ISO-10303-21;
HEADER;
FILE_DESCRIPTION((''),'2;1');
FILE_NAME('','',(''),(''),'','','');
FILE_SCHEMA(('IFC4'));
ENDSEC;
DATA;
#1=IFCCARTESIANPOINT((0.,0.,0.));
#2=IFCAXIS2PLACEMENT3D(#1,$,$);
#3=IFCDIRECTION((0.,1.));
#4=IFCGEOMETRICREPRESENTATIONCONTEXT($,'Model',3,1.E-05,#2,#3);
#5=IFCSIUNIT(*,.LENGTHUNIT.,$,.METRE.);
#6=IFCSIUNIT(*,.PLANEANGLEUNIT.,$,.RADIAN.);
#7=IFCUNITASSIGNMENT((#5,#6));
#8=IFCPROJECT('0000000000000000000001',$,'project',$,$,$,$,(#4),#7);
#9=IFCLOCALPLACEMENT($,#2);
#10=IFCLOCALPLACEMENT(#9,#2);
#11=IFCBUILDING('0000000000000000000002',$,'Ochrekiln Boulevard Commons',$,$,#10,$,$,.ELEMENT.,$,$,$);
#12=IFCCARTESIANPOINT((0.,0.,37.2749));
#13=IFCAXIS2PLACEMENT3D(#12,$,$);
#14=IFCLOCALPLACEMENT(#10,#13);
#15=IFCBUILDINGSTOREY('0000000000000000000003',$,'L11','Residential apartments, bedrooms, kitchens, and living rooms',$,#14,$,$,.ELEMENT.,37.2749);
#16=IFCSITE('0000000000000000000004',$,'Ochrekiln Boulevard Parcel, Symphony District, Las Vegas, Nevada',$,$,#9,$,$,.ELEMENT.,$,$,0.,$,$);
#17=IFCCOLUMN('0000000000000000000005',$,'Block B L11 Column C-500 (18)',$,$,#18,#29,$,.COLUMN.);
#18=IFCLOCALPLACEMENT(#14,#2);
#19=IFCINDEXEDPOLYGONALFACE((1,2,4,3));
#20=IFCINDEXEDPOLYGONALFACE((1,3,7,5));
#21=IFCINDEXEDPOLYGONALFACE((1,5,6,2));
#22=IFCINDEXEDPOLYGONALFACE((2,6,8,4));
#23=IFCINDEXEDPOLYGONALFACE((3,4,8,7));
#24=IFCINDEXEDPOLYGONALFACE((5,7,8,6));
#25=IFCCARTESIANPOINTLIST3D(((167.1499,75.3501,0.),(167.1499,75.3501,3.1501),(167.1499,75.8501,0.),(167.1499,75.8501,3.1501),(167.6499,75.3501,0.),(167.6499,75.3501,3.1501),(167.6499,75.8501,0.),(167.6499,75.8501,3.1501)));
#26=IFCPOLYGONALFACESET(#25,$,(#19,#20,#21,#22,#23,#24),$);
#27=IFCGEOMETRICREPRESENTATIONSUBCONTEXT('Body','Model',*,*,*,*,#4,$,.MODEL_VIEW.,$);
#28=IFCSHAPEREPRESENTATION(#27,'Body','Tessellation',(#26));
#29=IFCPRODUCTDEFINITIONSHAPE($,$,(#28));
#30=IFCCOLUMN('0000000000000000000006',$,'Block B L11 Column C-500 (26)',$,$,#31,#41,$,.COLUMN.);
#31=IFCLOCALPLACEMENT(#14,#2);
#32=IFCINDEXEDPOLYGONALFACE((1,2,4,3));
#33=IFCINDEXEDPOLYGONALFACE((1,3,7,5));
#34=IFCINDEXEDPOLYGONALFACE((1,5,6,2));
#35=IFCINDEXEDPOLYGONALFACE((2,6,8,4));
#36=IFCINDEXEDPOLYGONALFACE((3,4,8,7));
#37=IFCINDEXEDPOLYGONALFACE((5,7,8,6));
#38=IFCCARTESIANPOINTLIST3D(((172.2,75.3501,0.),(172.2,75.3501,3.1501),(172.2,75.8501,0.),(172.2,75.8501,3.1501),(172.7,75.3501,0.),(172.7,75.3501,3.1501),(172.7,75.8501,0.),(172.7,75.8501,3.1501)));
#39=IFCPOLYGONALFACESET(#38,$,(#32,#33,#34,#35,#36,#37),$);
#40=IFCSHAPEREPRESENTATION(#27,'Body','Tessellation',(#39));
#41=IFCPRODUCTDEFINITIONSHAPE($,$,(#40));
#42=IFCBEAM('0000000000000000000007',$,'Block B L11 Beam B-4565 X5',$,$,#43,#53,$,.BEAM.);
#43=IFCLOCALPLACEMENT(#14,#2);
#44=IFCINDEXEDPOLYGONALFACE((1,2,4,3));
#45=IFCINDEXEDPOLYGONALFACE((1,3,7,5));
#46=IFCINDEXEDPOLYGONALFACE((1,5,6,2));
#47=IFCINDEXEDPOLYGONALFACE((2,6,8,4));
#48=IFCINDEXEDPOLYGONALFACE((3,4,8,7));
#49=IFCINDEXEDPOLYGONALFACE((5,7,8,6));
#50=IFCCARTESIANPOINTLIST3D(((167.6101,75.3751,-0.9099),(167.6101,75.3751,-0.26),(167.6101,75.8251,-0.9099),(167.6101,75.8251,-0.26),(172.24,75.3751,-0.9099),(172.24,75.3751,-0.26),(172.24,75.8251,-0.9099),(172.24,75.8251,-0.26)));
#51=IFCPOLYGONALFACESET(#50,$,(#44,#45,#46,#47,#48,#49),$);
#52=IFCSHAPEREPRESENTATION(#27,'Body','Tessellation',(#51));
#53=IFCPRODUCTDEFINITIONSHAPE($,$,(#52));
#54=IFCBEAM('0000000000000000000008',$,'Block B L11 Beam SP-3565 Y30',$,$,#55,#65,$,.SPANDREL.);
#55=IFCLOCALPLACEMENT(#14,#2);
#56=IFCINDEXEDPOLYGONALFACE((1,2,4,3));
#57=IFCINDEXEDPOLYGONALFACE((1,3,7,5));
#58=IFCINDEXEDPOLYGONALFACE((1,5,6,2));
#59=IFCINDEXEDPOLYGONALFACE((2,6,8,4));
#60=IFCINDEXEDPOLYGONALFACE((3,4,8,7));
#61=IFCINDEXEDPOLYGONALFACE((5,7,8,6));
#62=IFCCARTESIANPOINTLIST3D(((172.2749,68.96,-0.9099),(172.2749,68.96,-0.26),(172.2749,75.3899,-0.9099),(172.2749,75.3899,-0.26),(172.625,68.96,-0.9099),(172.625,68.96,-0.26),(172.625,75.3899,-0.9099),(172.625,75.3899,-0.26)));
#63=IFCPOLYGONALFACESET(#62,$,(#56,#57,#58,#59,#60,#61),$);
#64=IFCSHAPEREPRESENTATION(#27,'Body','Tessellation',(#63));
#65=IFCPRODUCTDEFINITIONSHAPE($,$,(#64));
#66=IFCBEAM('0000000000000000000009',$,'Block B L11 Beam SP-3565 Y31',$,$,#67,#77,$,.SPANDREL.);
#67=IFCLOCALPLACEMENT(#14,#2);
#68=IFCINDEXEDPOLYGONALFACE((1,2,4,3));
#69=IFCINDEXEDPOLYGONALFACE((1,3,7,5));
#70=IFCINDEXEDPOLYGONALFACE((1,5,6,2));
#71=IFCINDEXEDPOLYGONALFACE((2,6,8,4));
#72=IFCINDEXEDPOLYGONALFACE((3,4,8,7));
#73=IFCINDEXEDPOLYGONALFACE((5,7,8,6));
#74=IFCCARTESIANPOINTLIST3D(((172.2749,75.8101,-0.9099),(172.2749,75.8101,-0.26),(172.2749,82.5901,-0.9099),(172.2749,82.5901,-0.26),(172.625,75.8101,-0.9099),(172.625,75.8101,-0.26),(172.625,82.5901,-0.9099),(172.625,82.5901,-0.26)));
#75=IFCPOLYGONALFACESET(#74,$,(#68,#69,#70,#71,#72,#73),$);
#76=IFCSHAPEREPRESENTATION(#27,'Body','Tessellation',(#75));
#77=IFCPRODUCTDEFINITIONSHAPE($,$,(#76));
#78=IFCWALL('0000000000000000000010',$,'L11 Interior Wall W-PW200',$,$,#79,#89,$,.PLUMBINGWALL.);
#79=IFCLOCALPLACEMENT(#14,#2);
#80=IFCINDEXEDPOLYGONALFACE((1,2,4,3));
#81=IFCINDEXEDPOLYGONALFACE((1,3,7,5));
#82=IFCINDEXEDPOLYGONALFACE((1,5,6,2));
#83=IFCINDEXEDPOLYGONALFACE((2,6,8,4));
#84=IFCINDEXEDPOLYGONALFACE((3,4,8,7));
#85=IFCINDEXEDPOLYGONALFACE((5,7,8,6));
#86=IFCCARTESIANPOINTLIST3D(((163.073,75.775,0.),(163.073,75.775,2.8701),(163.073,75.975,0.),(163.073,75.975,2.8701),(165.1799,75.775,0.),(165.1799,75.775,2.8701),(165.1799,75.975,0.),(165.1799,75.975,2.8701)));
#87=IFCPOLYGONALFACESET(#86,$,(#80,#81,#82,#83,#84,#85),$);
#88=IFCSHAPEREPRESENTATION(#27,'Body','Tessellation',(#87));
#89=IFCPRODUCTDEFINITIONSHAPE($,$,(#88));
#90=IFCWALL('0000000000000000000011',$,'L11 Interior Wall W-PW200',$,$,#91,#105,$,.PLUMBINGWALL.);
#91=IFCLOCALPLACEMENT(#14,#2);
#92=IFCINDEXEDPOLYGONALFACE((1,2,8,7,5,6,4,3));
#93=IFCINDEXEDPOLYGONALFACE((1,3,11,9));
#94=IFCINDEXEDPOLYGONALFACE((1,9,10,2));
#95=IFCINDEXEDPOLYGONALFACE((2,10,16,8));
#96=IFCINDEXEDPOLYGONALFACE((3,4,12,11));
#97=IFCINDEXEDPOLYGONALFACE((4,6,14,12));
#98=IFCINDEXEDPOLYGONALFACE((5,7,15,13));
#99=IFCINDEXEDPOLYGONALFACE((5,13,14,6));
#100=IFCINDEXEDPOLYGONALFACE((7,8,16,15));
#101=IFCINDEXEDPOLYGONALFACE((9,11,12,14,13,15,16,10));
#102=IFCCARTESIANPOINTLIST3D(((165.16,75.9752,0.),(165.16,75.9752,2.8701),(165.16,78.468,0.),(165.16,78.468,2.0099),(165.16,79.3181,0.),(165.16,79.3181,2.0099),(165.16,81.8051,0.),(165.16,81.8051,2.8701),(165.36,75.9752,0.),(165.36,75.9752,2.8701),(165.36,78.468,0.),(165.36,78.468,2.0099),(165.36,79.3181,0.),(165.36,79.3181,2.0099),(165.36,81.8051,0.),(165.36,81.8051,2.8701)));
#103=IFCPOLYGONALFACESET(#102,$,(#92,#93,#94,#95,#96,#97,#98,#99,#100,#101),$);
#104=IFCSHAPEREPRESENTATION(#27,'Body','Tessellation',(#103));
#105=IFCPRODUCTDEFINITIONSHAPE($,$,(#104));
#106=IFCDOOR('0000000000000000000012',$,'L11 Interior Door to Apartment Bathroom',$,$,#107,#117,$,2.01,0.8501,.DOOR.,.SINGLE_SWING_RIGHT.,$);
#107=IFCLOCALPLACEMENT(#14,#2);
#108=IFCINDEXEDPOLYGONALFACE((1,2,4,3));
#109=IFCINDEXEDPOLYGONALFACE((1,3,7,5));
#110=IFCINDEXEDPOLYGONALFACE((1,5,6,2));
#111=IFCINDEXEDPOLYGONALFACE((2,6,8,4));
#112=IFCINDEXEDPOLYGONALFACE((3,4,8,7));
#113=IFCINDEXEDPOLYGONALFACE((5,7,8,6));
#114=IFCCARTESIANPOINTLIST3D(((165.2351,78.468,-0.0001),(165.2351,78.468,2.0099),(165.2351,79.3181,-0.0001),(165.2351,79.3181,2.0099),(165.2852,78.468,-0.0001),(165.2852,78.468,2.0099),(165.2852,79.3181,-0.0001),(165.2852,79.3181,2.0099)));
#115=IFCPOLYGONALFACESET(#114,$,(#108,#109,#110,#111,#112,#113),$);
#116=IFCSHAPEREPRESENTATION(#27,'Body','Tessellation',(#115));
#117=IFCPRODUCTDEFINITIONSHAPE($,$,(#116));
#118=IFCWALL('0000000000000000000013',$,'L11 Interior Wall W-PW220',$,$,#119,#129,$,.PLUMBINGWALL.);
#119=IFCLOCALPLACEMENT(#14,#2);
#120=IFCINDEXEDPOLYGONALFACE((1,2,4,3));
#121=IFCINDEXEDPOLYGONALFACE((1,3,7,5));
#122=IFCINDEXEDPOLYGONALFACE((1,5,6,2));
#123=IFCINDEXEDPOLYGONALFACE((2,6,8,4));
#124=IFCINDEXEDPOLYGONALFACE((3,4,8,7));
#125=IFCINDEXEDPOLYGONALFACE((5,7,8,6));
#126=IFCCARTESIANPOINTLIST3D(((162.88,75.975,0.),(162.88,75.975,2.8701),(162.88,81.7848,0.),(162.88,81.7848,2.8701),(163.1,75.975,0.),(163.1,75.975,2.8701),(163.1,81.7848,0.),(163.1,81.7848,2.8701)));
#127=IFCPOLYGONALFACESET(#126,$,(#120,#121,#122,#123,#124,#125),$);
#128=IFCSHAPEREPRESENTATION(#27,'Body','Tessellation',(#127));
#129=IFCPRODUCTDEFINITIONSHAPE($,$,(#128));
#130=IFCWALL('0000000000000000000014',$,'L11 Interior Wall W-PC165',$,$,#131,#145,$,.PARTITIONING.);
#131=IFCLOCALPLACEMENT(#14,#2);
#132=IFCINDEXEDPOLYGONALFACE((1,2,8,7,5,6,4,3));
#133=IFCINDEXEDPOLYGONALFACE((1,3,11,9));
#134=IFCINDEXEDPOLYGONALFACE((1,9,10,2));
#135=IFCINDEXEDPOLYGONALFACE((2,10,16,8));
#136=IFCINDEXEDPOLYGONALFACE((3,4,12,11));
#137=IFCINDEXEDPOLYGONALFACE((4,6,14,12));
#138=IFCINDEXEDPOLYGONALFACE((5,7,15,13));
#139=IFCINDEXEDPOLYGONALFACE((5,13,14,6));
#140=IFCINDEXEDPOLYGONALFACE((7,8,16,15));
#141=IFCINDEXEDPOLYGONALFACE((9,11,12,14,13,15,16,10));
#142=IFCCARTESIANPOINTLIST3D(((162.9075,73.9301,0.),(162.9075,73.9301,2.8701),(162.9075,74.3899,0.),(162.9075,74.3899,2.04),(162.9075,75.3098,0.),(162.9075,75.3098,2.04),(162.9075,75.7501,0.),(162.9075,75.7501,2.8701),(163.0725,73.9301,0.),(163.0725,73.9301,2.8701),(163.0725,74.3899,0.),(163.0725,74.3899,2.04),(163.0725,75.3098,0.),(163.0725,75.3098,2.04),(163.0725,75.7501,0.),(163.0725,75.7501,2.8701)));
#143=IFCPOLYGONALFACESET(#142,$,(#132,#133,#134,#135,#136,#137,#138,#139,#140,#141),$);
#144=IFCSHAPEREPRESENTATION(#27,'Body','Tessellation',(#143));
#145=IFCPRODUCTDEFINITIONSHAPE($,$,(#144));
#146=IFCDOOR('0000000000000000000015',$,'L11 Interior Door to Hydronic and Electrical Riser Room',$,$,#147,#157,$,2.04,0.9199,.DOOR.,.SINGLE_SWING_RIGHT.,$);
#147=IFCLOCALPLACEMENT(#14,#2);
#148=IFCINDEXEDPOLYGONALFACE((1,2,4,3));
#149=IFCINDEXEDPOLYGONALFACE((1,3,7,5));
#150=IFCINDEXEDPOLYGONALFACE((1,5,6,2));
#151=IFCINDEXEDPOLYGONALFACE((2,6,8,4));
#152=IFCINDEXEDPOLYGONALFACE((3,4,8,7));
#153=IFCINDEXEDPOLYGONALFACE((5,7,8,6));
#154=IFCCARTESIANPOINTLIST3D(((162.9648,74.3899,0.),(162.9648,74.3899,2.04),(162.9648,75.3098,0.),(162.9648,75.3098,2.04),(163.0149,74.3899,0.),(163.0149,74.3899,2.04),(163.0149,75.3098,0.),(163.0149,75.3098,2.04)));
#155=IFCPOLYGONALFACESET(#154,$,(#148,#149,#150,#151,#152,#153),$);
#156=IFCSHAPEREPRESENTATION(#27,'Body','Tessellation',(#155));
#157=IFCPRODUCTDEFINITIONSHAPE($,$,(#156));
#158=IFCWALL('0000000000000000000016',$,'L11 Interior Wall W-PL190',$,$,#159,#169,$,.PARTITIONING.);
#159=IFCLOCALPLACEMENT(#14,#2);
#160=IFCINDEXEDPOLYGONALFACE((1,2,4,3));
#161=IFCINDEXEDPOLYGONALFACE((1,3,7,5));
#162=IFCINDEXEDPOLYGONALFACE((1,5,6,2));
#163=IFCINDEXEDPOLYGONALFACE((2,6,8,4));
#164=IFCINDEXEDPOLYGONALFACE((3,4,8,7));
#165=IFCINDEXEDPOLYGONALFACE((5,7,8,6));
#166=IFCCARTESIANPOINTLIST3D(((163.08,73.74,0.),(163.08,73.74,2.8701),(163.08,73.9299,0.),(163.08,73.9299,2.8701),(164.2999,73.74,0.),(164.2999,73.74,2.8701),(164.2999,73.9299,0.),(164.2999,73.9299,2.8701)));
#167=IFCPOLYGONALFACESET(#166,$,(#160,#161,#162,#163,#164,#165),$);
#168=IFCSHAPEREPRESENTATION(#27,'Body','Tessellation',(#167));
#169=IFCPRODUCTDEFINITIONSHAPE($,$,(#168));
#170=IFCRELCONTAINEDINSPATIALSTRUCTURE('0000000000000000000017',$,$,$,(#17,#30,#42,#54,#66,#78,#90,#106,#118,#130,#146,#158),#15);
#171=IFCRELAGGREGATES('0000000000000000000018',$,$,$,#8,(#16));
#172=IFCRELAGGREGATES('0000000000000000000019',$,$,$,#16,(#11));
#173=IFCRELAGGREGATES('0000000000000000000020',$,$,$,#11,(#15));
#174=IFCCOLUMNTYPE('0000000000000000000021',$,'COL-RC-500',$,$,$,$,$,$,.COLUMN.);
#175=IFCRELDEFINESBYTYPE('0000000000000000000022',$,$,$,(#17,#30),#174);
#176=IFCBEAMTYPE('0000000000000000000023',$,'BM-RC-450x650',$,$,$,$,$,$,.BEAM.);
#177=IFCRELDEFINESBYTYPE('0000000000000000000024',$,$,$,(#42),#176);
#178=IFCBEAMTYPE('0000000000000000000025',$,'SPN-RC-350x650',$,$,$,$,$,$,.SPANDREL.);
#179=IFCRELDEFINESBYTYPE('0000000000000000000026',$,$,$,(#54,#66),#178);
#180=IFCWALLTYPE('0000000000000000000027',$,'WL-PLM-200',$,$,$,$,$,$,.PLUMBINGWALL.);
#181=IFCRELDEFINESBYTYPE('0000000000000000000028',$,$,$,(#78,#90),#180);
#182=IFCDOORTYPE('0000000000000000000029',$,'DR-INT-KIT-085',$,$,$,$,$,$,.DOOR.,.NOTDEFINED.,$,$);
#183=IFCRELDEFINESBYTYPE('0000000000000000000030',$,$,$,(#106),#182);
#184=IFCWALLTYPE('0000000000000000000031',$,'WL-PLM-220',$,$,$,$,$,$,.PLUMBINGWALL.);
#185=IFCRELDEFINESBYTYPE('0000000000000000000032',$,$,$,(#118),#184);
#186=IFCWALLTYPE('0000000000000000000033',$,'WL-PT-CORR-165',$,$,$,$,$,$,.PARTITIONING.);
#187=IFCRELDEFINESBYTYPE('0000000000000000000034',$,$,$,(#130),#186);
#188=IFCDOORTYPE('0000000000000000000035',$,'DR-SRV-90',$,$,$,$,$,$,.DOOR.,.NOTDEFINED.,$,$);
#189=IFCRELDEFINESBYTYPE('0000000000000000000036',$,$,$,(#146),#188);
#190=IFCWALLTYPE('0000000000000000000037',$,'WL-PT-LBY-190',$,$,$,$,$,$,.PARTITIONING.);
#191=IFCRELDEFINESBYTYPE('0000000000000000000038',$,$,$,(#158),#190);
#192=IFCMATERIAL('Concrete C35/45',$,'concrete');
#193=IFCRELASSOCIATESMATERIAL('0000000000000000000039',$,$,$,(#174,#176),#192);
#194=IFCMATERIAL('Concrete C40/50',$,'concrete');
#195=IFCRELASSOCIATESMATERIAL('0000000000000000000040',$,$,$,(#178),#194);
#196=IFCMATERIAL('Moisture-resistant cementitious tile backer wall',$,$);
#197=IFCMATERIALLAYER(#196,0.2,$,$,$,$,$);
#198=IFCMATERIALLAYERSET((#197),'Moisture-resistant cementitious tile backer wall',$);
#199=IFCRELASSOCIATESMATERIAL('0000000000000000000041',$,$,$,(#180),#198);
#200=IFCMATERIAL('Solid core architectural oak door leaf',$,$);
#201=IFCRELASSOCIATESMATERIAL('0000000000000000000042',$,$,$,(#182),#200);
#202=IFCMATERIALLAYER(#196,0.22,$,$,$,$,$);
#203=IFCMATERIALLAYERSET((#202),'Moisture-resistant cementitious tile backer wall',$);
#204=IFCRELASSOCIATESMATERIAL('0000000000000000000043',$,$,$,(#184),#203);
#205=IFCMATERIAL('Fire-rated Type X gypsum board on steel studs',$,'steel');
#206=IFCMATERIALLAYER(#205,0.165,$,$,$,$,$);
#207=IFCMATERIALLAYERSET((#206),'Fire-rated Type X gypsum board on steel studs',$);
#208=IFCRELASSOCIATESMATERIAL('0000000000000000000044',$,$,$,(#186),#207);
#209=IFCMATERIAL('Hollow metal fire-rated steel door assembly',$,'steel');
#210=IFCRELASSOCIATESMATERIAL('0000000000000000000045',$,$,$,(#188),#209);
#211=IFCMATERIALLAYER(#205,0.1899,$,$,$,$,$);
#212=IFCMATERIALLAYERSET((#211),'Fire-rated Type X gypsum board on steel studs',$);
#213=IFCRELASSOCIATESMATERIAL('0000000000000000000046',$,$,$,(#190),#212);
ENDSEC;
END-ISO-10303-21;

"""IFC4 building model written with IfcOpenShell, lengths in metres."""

from ifc_helpers import new_model, si_unit, direction, frame, frame_2d, origin, origin_2d, place, context, subcontext, project, spatial, rectangle, extrude, material, layer, layer_set, material_profile, profile_set, type_object, element, fill, save


model = new_model("IFC4")

# Units and contexts
model_context = context("Model", 3, precision=1e-05, world=origin(), true_north=direction((0.0, 1.0)))
body_context = subcontext(model_context, "Body", "Model", "MODEL_VIEW")
ifc_project = project(units=[si_unit("LENGTHUNIT", "METRE"), si_unit("PLANEANGLEUNIT", "RADIAN")], contexts=[model_context])

# Site, building, storey
site_placement = place(None, origin())
site = spatial("IfcSite", under=ifc_project, at=site_placement, Name="Ochrekiln Boulevard Parcel, Symphony District, Las Vegas, Nevada", CompositionType="ELEMENT", RefElevation=0.0)
building_placement = place(site_placement, origin())
building = spatial("IfcBuilding", under=site, at=building_placement, Name="Ochrekiln Boulevard Commons", CompositionType="ELEMENT")
storey_placement = place(building_placement, frame((0.0, 0.0, 37.2749)))
storey = spatial("IfcBuildingStorey", under=building, at=storey_placement, Name="L11", Description="Residential apartments, bedrooms, kitchens, and living rooms", CompositionType="ELEMENT", Elevation=37.2749)

# Columns
ifc_material_1 = material(Name="Concrete C35/45", Category="concrete")
ifc_material_profile_1 = material_profile(ifc_material_1, rectangle(XDim=0.5, YDim=0.5, at=origin_2d()), Name="RC-COL-500x500")
ifc_profile_set_1 = profile_set([ifc_material_profile_1], Name="Concrete C35/45")
column_type = type_object("IfcColumnType", Name="COL-RC-500", PredefinedType="COLUMN", material=ifc_profile_set_1)
for number, where, z_axis, x_axis, name in (
    (1, (167.3999, 75.6001, 0.0), (0.0, 0.0, 1.0), (1.0, 0.0, 0.0), "Block B L11 Column C-500 (18)"),
    (2, (172.45, 75.6001, 0.0), (0.0, 0.0, 1.0), (1.0, 0.0, 0.0), "Block B L11 Column C-500 (26)"),
):
    element("IfcColumn", number, at=place(storey_placement, frame(where, z_axis=z_axis, x_axis=x_axis)), inside=storey, type_object=column_type, Name=name, PredefinedType="COLUMN", context=body_context, shape_type="SweptSolid", body=[
        extrude(rectangle(XDim=0.5, YDim=0.5, at=origin_2d()), origin(), (0.0, 0.0, 1.0), 3.1501),
    ])

# Beams
ifc_material_profile_2 = material_profile(ifc_material_1, rectangle(XDim=0.45, YDim=0.6499, at=origin_2d()), Name="RC-BM-450x650")
ifc_profile_set_2 = profile_set([ifc_material_profile_2], Name="Concrete C35/45")
beam_type_1 = type_object("IfcBeamType", Name="BM-RC-450x650", PredefinedType="BEAM", material=ifc_profile_set_2)
beam_1_placement = place(storey_placement, frame((167.6101, 75.6001, -0.585), z_axis=(1.0, 0.0, 0.0), x_axis=(0.0, 1.0, 0.0)))
element("IfcBeam", 3, at=beam_1_placement, inside=storey, type_object=beam_type_1, Name="Block B L11 Beam B-4565 X5", PredefinedType="BEAM", context=body_context, shape_type="SweptSolid", body=[
    extrude(rectangle(XDim=0.45, YDim=0.6499, at=origin_2d()), origin(), (0.0, 0.0, 1.0), 4.6299),
])
ifc_material_2 = material(Name="Concrete C40/50", Category="concrete")
ifc_material_profile_3 = material_profile(ifc_material_2, rectangle(XDim=0.3501, YDim=0.6499, at=origin_2d()), Name="RC-SPN-350x650")
ifc_profile_set_3 = profile_set([ifc_material_profile_3], Name="Concrete C40/50")
beam_type_2 = type_object("IfcBeamType", Name="SPN-RC-350x650", PredefinedType="SPANDREL", material=ifc_profile_set_3)
beam_2_placement = place(storey_placement, frame((172.45, 68.96, -0.585), z_axis=(0.0, 1.0, 0.0), x_axis=(-1.0, 0.0, 0.0)))
element("IfcBeam", 4, at=beam_2_placement, inside=storey, type_object=beam_type_2, Name="Block B L11 Beam SP-3565 Y30", PredefinedType="SPANDREL", context=body_context, shape_type="SweptSolid", body=[
    extrude(rectangle(XDim=0.3501, YDim=0.6499, at=origin_2d()), origin(), (0.0, 0.0, 1.0), 6.4299),
])
beam_3_placement = place(storey_placement, frame((172.45, 75.8101, -0.585), z_axis=(0.0, 1.0, 0.0), x_axis=(-1.0, 0.0, 0.0)))
element("IfcBeam", 5, at=beam_3_placement, inside=storey, type_object=beam_type_2, Name="Block B L11 Beam SP-3565 Y31", PredefinedType="SPANDREL", context=body_context, shape_type="SweptSolid", body=[
    extrude(rectangle(XDim=0.3501, YDim=0.6499, at=origin_2d()), origin(), (0.0, 0.0, 1.0), 6.78),
])

# Wall
ifc_material_3 = material(Name="Moisture-resistant cementitious tile backer wall")
ifc_layer_1 = layer(ifc_material_3, 0.2)
ifc_layer_set_1 = layer_set([ifc_layer_1], Name="Moisture-resistant cementitious tile backer wall")
wall_type_1 = type_object("IfcWallType", Name="WL-PLM-200", PredefinedType="PLUMBINGWALL", material=ifc_layer_set_1)
wall_1_placement = place(storey_placement, frame((163.073, 75.875, 0.0), z_axis=(0.0, 0.0, 1.0), x_axis=(1.0, 0.0, 0.0)))
element("IfcWall", 6, at=wall_1_placement, inside=storey, type_object=wall_type_1, Name="L11 Interior Wall W-PW200", PredefinedType="PLUMBINGWALL", context=body_context, shape_type="SweptSolid", body=[
    extrude(rectangle(XDim=2.1069, YDim=0.2, at=frame_2d((1.0535, 0.0))), origin(), (0.0, 0.0, 1.0), 2.8701),
])

# Wall, opening, door
wall_2_placement = place(storey_placement, frame((165.26, 75.9751, 0.0), z_axis=(0.0, 0.0, 1.0), x_axis=(0.0, 1.0, 0.0)))
wall_2 = element("IfcWall", 7, at=wall_2_placement, inside=storey, type_object=wall_type_1, Name="L11 Interior Wall W-PW200", PredefinedType="PLUMBINGWALL", context=body_context, shape_type="SweptSolid", body=[
    extrude(rectangle(XDim=5.8298, YDim=0.2, at=frame_2d((2.915, 0.0))), origin(), (0.0, 0.0, 1.0), 2.8701),
])
opening_1_placement = place(wall_2_placement, frame((2.4929, 0.0, 0.0)))
opening_1 = element("IfcOpeningElement", 8, at=opening_1_placement, cuts=wall_2, PredefinedType="OPENING", context=body_context, shape_type="SweptSolid", body=[
    extrude(rectangle(XDim=0.8501, YDim=2.01, at=frame_2d((0.425, 1.0049))), frame((0.0, 0.1099, 0.0), z_axis=(0.0, -1.0, 0.0), x_axis=(1.0, 0.0, 0.0)), (0.0, 0.0, 1.0), 0.22),
])
ifc_material_4 = material(Name="Solid core architectural oak door leaf")
door_type_1 = type_object("IfcDoorType", Name="DR-INT-KIT-085", OperationType="NOTDEFINED", PredefinedType="DOOR", material=ifc_material_4)
door_1_placement = place(opening_1_placement, origin())
door_1 = element("IfcDoor", 9, at=door_1_placement, inside=storey, type_object=door_type_1, Name="L11 Interior Door to Apartment Bathroom", OperationType="SINGLE_SWING_RIGHT", OverallHeight=2.01, OverallWidth=0.8501, PredefinedType="DOOR", context=body_context, shape_type="SweptSolid", body=[
    extrude(rectangle(XDim=0.8501, YDim=2.01, at=frame_2d((0.425, 1.0049))), frame((0.0, 0.0249, 0.0), z_axis=(0.0, -1.0, 0.0), x_axis=(1.0, 0.0, 0.0)), (0.0, 0.0, 1.0), 0.05),
])
fill(opening_1, door_1)

# Wall
ifc_layer_2 = layer(ifc_material_3, 0.22)
ifc_layer_set_2 = layer_set([ifc_layer_2], Name="Moisture-resistant cementitious tile backer wall")
wall_type_2 = type_object("IfcWallType", Name="WL-PLM-220", PredefinedType="PLUMBINGWALL", material=ifc_layer_set_2)
wall_3_placement = place(storey_placement, frame((162.99, 75.9751, 0.0), z_axis=(0.0, 0.0, 1.0), x_axis=(0.0, 1.0, 0.0)))
element("IfcWall", 10, at=wall_3_placement, inside=storey, type_object=wall_type_2, Name="L11 Interior Wall W-PW220", PredefinedType="PLUMBINGWALL", context=body_context, shape_type="SweptSolid", body=[
    extrude(rectangle(XDim=5.8098, YDim=0.22, at=frame_2d((2.9048, 0.0))), origin(), (0.0, 0.0, 1.0), 2.8701),
])

# Wall, opening, door
ifc_material_5 = material(Name="Fire-rated Type X gypsum board on steel studs", Category="steel")
ifc_layer_3 = layer(ifc_material_5, 0.165)
ifc_layer_set_3 = layer_set([ifc_layer_3], Name="Fire-rated Type X gypsum board on steel studs")
wall_type_3 = type_object("IfcWallType", Name="WL-PT-CORR-165", PredefinedType="PARTITIONING", material=ifc_layer_set_3)
wall_4_placement = place(storey_placement, frame((162.99, 73.9299, 0.0), z_axis=(0.0, 0.0, 1.0), x_axis=(0.0, 1.0, 0.0)))
wall_4 = element("IfcWall", 11, at=wall_4_placement, inside=storey, type_object=wall_type_3, Name="L11 Interior Wall W-PC165", PredefinedType="PARTITIONING", context=body_context, shape_type="SweptSolid", body=[
    extrude(rectangle(XDim=1.8201, YDim=0.165, at=frame_2d((0.9102, 0.0))), origin(), (0.0, 0.0, 1.0), 2.8701),
])
opening_2_placement = place(wall_4_placement, frame((0.46, 0.0, 0.0)))
opening_2 = element("IfcOpeningElement", 12, at=opening_2_placement, cuts=wall_4, PredefinedType="OPENING", context=body_context, shape_type="SweptSolid", body=[
    extrude(rectangle(XDim=0.9199, YDim=2.04, at=frame_2d((0.46, 1.02))), frame((0.0, 0.0925, 0.0), z_axis=(0.0, -1.0, 0.0), x_axis=(1.0, 0.0, 0.0)), (0.0, 0.0, 1.0), 0.1851),
])
ifc_material_6 = material(Name="Hollow metal fire-rated steel door assembly", Category="steel")
door_type_2 = type_object("IfcDoorType", Name="DR-SRV-90", OperationType="NOTDEFINED", PredefinedType="DOOR", material=ifc_material_6)
door_2_placement = place(opening_2_placement, frame((0.9199, 0.0, 0.0), z_axis=(0.0, 0.0, 1.0), x_axis=(-1.0, 0.0, 0.0)))
door_2 = element("IfcDoor", 13, at=door_2_placement, inside=storey, type_object=door_type_2, Name="L11 Interior Door to Hydronic and Electrical Riser Room", OperationType="SINGLE_SWING_RIGHT", OverallHeight=2.04, OverallWidth=0.9199, PredefinedType="DOOR", context=body_context, shape_type="SweptSolid", body=[
    extrude(rectangle(XDim=0.9199, YDim=2.04, at=frame_2d((0.46, 1.02))), frame((0.0, 0.0249, 0.0), z_axis=(0.0, -1.0, 0.0), x_axis=(1.0, 0.0, 0.0)), (0.0, 0.0, 1.0), 0.05),
])
fill(opening_2, door_2)

# Wall
ifc_layer_4 = layer(ifc_material_5, 0.1899)
ifc_layer_set_4 = layer_set([ifc_layer_4], Name="Fire-rated Type X gypsum board on steel studs")
wall_type_4 = type_object("IfcWallType", Name="WL-PT-LBY-190", PredefinedType="PARTITIONING", material=ifc_layer_set_4)
wall_5_placement = place(storey_placement, frame((163.0801, 73.835, 0.0), z_axis=(0.0, 0.0, 1.0), x_axis=(1.0, 0.0, 0.0)))
element("IfcWall", 14, at=wall_5_placement, inside=storey, type_object=wall_type_4, Name="L11 Interior Wall W-PL190", PredefinedType="PARTITIONING", context=body_context, shape_type="SweptSolid", body=[
    extrude(rectangle(XDim=1.22, YDim=0.1899, at=frame_2d((0.6099, 0.0))), origin(), (0.0, 0.0, 1.0), 2.8701),
])

save(model, "model.ifc")
